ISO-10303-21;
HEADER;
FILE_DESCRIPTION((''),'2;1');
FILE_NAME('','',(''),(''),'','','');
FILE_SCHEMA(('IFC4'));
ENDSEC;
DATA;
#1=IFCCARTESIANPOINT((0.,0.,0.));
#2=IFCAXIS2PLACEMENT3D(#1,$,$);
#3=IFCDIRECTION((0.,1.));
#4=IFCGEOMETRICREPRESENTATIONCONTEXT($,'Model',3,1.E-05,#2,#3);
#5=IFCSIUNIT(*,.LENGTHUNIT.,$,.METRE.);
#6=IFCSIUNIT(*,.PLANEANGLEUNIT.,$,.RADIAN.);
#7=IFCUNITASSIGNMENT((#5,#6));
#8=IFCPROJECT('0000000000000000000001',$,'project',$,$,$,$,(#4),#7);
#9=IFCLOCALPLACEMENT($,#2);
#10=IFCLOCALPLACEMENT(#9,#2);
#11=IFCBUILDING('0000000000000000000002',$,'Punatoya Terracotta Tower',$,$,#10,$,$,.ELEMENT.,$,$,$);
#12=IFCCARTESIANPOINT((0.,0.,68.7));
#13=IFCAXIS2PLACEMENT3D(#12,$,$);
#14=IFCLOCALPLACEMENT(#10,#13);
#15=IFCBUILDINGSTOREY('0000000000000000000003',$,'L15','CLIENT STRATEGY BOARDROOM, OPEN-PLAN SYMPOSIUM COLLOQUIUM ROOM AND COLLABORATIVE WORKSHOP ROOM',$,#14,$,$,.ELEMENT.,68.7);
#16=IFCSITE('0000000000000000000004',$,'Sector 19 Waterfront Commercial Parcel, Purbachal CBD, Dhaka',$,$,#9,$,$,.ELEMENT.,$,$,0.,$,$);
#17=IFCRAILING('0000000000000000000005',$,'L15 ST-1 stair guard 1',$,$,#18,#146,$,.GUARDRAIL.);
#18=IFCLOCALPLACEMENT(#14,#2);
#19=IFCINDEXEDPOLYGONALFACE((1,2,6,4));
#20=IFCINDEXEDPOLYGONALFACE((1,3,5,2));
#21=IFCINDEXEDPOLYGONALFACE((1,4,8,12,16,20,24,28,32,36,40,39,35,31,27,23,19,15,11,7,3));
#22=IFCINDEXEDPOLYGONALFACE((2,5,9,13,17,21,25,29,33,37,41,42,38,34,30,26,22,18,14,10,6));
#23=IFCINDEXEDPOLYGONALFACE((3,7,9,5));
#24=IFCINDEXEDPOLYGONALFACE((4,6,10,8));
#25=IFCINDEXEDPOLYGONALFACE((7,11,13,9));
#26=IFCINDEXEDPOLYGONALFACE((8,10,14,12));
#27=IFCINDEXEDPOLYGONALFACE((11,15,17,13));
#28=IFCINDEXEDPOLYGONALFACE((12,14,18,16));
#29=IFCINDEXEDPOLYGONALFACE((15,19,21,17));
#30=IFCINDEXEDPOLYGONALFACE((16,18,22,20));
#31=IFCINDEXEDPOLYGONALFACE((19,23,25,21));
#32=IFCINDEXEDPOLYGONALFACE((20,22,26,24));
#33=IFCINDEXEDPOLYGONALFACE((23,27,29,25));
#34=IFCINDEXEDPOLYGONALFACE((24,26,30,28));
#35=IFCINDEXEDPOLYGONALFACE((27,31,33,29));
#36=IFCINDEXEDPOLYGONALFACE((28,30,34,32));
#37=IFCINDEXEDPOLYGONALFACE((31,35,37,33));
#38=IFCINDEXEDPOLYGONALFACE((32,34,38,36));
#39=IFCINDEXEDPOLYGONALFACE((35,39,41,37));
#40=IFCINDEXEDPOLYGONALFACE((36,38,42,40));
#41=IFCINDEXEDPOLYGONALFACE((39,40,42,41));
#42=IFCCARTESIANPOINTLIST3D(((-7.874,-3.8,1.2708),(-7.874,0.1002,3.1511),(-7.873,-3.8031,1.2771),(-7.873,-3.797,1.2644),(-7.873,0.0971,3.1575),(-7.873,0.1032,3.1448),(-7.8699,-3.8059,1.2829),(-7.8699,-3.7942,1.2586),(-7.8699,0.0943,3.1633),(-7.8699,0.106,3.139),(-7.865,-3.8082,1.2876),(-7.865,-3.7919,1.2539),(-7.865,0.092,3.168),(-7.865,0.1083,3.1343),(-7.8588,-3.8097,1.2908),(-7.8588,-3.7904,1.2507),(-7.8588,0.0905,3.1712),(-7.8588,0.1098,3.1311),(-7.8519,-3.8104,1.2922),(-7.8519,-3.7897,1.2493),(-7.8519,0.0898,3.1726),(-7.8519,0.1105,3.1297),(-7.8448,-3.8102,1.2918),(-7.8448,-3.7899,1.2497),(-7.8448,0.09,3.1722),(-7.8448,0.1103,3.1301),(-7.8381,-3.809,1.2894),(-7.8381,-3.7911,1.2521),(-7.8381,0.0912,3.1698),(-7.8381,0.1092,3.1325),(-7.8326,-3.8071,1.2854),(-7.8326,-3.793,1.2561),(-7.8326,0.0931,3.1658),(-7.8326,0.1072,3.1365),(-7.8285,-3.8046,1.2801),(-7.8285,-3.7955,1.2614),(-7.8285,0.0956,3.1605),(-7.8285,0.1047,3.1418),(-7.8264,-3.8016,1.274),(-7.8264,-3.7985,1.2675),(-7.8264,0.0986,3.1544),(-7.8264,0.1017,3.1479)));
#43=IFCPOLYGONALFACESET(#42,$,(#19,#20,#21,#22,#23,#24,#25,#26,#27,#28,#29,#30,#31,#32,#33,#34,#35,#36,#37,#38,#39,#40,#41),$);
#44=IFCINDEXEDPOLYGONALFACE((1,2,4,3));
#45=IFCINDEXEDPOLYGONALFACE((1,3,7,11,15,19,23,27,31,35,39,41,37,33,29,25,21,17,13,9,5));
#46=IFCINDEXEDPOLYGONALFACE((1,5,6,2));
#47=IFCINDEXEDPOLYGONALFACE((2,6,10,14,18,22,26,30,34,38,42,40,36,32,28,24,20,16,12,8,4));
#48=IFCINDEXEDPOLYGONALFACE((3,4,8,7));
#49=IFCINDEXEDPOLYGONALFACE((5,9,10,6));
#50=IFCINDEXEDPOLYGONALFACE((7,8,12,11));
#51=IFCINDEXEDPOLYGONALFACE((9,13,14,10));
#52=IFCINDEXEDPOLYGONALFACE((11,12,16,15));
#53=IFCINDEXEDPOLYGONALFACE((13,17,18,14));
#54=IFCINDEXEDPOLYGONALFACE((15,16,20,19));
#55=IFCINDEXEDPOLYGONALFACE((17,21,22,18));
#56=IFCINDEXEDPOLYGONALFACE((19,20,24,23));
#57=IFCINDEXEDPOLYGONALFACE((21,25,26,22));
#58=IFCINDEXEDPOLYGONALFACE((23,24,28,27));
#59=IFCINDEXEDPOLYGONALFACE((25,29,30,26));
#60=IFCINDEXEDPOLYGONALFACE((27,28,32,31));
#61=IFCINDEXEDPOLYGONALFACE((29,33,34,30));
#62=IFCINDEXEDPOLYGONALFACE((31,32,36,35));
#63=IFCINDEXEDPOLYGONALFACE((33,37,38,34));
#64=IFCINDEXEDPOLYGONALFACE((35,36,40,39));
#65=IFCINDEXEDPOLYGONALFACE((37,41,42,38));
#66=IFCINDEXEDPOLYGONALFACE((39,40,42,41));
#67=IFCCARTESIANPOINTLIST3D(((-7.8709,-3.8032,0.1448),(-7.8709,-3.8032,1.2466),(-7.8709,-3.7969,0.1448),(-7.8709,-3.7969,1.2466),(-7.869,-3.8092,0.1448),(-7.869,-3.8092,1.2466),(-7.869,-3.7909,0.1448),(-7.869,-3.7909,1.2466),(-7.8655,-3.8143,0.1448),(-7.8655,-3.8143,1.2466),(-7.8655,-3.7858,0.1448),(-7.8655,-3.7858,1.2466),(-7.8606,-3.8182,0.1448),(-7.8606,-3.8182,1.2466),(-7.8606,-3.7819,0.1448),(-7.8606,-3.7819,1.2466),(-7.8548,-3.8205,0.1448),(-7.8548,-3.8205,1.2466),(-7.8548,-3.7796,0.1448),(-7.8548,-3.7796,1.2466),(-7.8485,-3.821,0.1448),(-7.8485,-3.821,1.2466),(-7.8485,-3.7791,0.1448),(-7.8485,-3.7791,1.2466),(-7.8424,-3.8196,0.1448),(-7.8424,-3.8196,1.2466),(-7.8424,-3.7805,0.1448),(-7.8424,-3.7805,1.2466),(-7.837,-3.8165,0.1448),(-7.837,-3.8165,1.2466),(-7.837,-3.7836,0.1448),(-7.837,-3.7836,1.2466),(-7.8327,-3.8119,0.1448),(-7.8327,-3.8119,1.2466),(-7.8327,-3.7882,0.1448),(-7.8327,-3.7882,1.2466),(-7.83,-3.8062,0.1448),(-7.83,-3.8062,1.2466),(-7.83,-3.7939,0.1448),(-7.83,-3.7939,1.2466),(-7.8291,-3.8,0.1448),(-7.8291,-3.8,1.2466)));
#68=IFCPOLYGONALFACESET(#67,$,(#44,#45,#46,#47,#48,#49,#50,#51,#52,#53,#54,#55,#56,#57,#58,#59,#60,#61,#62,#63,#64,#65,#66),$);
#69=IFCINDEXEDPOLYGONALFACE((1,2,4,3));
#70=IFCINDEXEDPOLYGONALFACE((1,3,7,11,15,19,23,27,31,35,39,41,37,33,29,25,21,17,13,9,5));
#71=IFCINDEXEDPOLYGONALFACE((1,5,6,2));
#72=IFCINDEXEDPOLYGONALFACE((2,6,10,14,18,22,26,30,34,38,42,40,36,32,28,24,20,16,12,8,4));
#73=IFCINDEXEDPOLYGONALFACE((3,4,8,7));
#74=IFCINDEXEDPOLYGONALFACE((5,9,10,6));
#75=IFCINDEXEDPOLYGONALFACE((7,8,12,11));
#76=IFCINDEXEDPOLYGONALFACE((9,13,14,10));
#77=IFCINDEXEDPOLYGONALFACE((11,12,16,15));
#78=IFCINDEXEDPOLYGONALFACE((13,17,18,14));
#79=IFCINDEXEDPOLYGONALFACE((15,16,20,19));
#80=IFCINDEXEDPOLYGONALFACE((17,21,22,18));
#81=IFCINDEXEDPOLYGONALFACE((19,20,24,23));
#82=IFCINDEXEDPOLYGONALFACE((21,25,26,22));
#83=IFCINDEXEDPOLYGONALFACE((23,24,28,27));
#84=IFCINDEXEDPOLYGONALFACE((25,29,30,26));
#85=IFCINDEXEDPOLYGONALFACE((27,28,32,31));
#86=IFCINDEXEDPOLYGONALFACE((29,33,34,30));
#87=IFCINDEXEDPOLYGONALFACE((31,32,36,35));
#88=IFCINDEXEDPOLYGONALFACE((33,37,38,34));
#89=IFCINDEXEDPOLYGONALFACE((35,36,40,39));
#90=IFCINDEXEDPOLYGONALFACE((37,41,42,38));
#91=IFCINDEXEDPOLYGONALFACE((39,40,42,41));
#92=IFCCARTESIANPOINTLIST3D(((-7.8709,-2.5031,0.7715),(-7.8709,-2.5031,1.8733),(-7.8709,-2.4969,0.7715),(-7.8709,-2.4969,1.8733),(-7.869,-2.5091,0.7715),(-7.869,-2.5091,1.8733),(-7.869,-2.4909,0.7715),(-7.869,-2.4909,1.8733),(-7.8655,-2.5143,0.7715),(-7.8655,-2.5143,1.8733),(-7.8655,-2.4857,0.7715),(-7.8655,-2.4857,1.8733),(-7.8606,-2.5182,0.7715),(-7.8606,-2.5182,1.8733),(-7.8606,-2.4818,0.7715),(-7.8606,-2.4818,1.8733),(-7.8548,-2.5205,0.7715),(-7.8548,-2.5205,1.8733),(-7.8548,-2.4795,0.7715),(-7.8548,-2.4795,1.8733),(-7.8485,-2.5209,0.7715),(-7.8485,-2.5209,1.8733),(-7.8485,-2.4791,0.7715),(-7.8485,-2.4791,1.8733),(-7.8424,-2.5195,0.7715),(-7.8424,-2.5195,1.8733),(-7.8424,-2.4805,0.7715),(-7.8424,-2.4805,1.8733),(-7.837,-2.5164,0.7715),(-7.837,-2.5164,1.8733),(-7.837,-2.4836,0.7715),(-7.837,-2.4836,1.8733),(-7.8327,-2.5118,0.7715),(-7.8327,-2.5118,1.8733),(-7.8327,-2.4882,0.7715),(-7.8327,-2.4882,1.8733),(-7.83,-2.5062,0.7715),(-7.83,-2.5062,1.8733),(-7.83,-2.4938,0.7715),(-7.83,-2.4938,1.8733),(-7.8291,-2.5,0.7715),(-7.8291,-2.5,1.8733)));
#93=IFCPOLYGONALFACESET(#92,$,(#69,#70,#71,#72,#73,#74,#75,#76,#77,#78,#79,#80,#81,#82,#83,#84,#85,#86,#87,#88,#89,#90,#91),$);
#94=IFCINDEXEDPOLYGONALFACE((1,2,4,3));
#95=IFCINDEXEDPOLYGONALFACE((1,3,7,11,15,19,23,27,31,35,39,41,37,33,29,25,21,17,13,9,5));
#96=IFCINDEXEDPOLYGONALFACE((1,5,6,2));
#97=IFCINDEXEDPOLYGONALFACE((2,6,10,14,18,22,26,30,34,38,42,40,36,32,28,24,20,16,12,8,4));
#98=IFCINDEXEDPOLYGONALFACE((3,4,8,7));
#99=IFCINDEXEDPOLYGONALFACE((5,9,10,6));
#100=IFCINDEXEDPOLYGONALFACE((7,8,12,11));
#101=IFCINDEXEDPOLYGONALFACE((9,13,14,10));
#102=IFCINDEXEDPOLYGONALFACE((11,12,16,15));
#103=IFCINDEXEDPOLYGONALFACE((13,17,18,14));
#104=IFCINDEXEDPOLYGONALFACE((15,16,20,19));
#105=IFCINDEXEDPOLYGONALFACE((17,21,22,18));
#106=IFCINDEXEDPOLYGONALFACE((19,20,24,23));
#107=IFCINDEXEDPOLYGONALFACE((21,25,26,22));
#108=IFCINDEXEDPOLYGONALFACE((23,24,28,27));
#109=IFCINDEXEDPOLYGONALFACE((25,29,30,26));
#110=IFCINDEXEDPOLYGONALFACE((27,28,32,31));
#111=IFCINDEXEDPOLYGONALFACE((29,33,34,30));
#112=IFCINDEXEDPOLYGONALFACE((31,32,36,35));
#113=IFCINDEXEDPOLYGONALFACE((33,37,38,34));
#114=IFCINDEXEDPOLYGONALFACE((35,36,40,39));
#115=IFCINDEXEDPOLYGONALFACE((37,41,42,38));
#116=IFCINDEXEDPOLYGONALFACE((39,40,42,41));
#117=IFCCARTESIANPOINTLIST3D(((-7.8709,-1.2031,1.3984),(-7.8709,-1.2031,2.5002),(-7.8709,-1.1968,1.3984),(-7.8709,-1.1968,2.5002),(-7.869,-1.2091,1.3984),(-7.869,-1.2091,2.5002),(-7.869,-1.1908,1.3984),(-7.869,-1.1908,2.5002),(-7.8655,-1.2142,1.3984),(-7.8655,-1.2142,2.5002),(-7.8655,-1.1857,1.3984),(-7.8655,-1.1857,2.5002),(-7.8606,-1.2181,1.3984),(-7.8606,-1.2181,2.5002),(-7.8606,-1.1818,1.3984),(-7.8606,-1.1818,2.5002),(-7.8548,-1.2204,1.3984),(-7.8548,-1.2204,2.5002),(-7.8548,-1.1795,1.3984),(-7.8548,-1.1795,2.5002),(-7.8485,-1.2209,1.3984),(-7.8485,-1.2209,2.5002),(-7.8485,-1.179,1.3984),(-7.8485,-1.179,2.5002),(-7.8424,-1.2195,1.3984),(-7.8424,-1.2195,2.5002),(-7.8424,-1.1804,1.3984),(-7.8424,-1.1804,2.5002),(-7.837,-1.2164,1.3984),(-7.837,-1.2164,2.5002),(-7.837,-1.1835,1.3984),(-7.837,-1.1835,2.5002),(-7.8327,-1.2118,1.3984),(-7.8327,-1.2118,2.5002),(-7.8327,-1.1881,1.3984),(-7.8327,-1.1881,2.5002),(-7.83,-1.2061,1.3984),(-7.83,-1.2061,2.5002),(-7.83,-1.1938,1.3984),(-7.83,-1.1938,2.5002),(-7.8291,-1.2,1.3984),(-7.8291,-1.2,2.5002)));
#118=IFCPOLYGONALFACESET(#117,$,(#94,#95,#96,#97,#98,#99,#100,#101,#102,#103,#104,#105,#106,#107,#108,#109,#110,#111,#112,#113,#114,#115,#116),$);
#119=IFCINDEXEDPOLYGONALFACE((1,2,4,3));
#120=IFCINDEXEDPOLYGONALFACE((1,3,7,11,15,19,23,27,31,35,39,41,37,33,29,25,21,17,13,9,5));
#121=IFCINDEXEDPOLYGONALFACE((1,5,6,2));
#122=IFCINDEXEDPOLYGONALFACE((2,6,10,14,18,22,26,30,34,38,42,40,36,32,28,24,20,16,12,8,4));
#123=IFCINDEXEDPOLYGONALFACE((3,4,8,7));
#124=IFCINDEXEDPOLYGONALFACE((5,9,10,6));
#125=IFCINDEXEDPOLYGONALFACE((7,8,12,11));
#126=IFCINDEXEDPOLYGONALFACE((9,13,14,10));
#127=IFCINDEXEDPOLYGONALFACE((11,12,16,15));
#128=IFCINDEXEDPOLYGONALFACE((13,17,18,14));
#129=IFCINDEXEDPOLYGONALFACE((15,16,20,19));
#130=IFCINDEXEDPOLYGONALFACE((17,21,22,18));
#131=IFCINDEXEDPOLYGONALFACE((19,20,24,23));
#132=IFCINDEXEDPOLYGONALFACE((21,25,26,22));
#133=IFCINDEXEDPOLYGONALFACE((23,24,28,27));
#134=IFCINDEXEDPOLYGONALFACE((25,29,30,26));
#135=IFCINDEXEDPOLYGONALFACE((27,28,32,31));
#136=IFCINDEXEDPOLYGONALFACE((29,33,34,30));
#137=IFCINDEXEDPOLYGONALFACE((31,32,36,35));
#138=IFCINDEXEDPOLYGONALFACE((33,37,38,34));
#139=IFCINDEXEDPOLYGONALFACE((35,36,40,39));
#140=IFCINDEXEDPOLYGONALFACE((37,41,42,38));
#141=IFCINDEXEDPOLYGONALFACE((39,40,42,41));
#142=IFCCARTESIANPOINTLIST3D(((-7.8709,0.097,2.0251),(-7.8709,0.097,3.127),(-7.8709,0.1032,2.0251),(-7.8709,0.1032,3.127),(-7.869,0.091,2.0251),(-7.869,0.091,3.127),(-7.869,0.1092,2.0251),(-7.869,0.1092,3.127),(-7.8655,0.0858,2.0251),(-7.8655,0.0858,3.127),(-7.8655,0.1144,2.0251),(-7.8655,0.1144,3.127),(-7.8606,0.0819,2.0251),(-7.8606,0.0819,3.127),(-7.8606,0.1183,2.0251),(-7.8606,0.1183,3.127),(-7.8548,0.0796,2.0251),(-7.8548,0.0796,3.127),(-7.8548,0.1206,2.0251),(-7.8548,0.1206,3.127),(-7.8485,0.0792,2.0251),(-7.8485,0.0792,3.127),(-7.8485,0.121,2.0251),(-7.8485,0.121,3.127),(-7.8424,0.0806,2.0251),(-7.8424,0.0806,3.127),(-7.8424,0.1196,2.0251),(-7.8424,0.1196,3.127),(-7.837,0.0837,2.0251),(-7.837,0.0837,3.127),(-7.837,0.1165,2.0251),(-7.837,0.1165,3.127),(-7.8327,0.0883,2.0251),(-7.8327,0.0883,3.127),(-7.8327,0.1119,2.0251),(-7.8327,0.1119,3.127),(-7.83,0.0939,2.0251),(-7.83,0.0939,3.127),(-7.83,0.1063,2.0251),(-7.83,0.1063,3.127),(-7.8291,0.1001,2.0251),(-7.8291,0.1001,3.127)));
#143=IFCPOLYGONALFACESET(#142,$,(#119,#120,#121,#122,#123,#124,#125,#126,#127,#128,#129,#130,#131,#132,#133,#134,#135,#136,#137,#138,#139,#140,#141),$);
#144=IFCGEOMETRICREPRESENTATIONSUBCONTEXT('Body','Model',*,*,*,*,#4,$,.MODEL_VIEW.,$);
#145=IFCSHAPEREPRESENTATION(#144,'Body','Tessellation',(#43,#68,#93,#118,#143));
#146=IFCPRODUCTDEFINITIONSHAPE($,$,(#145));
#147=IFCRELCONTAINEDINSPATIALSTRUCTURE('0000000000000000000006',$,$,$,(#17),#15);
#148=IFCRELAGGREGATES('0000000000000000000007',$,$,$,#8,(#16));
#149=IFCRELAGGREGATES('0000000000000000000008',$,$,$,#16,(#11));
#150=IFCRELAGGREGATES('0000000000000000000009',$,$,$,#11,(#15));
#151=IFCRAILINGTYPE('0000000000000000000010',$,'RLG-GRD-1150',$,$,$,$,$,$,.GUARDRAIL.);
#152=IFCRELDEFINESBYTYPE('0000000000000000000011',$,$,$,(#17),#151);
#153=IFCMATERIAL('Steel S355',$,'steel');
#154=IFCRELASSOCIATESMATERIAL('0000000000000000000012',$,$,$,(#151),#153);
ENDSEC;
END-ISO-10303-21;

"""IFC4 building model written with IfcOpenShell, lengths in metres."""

from ifc_helpers import new_model, si_unit, direction, frame, origin, origin_2d, place, context, subcontext, project, spatial, circle, extrude, material, type_object, element, save


model = new_model("IFC4")

# Units and contexts
model_context = context("Model", 3, precision=1e-05, world=origin(), true_north=direction((0.0, 1.0)))
body_context = subcontext(model_context, "Body", "Model", "MODEL_VIEW")
ifc_project = project(units=[si_unit("LENGTHUNIT", "METRE"), si_unit("PLANEANGLEUNIT", "RADIAN")], contexts=[model_context])

# Site, building, storey
site_placement = place(None, origin())
site = spatial("IfcSite", under=ifc_project, at=site_placement, Name="Sector 19 Waterfront Commercial Parcel, Purbachal CBD, Dhaka", CompositionType="ELEMENT", RefElevation=0.0)
building_placement = place(site_placement, origin())
building = spatial("IfcBuilding", under=site, at=building_placement, Name="Punatoya Terracotta Tower", CompositionType="ELEMENT")
storey_placement = place(building_placement, frame((0.0, 0.0, 68.7)))
storey = spatial("IfcBuildingStorey", under=building, at=storey_placement, Name="L15", Description="CLIENT STRATEGY BOARDROOM, OPEN-PLAN SYMPOSIUM COLLOQUIUM ROOM AND COLLABORATIVE WORKSHOP ROOM", CompositionType="ELEMENT", Elevation=68.7)

# Railing
ifc_material_1 = material(Name="Steel S355", Category="steel")
railing_type_1 = type_object("IfcRailingType", Name="RLG-GRD-1150", PredefinedType="GUARDRAIL", material=ifc_material_1)
railing_1_placement = place(storey_placement, frame((-7.8501, -3.8, 0.1448)))
element("IfcRailing", 1, at=railing_1_placement, inside=storey, type_object=railing_type_1, Name="L15 ST-1 stair guard 1", PredefinedType="GUARDRAIL", context=body_context, shape_type="SweptSolid", body=[
    extrude(circle(Radius=0.0239, at=origin_2d()), frame((0.0, 0.0, 1.126), z_axis=(0.0, 0.900774, 0.434289), x_axis=(-1.0, 0.0, 0.0)), (0.0, 0.0, 1.0), 4.3298),
    extrude(circle(Radius=0.021, at=origin_2d()), origin(), (0.0, 0.0, 1.0), 1.1018),
    extrude(circle(Radius=0.021, at=origin_2d()), frame((0.0, 1.3, 0.6267)), (0.0, 0.0, 1.0), 1.1018),
    extrude(circle(Radius=0.021, at=origin_2d()), frame((0.0, 2.6001, 1.2537)), (0.0, 0.0, 1.0), 1.1018),
    extrude(circle(Radius=0.021, at=origin_2d()), frame((0.0, 3.9001, 1.8804)), (0.0, 0.0, 1.0), 1.1018),
])

save(model, "model.ifc")
